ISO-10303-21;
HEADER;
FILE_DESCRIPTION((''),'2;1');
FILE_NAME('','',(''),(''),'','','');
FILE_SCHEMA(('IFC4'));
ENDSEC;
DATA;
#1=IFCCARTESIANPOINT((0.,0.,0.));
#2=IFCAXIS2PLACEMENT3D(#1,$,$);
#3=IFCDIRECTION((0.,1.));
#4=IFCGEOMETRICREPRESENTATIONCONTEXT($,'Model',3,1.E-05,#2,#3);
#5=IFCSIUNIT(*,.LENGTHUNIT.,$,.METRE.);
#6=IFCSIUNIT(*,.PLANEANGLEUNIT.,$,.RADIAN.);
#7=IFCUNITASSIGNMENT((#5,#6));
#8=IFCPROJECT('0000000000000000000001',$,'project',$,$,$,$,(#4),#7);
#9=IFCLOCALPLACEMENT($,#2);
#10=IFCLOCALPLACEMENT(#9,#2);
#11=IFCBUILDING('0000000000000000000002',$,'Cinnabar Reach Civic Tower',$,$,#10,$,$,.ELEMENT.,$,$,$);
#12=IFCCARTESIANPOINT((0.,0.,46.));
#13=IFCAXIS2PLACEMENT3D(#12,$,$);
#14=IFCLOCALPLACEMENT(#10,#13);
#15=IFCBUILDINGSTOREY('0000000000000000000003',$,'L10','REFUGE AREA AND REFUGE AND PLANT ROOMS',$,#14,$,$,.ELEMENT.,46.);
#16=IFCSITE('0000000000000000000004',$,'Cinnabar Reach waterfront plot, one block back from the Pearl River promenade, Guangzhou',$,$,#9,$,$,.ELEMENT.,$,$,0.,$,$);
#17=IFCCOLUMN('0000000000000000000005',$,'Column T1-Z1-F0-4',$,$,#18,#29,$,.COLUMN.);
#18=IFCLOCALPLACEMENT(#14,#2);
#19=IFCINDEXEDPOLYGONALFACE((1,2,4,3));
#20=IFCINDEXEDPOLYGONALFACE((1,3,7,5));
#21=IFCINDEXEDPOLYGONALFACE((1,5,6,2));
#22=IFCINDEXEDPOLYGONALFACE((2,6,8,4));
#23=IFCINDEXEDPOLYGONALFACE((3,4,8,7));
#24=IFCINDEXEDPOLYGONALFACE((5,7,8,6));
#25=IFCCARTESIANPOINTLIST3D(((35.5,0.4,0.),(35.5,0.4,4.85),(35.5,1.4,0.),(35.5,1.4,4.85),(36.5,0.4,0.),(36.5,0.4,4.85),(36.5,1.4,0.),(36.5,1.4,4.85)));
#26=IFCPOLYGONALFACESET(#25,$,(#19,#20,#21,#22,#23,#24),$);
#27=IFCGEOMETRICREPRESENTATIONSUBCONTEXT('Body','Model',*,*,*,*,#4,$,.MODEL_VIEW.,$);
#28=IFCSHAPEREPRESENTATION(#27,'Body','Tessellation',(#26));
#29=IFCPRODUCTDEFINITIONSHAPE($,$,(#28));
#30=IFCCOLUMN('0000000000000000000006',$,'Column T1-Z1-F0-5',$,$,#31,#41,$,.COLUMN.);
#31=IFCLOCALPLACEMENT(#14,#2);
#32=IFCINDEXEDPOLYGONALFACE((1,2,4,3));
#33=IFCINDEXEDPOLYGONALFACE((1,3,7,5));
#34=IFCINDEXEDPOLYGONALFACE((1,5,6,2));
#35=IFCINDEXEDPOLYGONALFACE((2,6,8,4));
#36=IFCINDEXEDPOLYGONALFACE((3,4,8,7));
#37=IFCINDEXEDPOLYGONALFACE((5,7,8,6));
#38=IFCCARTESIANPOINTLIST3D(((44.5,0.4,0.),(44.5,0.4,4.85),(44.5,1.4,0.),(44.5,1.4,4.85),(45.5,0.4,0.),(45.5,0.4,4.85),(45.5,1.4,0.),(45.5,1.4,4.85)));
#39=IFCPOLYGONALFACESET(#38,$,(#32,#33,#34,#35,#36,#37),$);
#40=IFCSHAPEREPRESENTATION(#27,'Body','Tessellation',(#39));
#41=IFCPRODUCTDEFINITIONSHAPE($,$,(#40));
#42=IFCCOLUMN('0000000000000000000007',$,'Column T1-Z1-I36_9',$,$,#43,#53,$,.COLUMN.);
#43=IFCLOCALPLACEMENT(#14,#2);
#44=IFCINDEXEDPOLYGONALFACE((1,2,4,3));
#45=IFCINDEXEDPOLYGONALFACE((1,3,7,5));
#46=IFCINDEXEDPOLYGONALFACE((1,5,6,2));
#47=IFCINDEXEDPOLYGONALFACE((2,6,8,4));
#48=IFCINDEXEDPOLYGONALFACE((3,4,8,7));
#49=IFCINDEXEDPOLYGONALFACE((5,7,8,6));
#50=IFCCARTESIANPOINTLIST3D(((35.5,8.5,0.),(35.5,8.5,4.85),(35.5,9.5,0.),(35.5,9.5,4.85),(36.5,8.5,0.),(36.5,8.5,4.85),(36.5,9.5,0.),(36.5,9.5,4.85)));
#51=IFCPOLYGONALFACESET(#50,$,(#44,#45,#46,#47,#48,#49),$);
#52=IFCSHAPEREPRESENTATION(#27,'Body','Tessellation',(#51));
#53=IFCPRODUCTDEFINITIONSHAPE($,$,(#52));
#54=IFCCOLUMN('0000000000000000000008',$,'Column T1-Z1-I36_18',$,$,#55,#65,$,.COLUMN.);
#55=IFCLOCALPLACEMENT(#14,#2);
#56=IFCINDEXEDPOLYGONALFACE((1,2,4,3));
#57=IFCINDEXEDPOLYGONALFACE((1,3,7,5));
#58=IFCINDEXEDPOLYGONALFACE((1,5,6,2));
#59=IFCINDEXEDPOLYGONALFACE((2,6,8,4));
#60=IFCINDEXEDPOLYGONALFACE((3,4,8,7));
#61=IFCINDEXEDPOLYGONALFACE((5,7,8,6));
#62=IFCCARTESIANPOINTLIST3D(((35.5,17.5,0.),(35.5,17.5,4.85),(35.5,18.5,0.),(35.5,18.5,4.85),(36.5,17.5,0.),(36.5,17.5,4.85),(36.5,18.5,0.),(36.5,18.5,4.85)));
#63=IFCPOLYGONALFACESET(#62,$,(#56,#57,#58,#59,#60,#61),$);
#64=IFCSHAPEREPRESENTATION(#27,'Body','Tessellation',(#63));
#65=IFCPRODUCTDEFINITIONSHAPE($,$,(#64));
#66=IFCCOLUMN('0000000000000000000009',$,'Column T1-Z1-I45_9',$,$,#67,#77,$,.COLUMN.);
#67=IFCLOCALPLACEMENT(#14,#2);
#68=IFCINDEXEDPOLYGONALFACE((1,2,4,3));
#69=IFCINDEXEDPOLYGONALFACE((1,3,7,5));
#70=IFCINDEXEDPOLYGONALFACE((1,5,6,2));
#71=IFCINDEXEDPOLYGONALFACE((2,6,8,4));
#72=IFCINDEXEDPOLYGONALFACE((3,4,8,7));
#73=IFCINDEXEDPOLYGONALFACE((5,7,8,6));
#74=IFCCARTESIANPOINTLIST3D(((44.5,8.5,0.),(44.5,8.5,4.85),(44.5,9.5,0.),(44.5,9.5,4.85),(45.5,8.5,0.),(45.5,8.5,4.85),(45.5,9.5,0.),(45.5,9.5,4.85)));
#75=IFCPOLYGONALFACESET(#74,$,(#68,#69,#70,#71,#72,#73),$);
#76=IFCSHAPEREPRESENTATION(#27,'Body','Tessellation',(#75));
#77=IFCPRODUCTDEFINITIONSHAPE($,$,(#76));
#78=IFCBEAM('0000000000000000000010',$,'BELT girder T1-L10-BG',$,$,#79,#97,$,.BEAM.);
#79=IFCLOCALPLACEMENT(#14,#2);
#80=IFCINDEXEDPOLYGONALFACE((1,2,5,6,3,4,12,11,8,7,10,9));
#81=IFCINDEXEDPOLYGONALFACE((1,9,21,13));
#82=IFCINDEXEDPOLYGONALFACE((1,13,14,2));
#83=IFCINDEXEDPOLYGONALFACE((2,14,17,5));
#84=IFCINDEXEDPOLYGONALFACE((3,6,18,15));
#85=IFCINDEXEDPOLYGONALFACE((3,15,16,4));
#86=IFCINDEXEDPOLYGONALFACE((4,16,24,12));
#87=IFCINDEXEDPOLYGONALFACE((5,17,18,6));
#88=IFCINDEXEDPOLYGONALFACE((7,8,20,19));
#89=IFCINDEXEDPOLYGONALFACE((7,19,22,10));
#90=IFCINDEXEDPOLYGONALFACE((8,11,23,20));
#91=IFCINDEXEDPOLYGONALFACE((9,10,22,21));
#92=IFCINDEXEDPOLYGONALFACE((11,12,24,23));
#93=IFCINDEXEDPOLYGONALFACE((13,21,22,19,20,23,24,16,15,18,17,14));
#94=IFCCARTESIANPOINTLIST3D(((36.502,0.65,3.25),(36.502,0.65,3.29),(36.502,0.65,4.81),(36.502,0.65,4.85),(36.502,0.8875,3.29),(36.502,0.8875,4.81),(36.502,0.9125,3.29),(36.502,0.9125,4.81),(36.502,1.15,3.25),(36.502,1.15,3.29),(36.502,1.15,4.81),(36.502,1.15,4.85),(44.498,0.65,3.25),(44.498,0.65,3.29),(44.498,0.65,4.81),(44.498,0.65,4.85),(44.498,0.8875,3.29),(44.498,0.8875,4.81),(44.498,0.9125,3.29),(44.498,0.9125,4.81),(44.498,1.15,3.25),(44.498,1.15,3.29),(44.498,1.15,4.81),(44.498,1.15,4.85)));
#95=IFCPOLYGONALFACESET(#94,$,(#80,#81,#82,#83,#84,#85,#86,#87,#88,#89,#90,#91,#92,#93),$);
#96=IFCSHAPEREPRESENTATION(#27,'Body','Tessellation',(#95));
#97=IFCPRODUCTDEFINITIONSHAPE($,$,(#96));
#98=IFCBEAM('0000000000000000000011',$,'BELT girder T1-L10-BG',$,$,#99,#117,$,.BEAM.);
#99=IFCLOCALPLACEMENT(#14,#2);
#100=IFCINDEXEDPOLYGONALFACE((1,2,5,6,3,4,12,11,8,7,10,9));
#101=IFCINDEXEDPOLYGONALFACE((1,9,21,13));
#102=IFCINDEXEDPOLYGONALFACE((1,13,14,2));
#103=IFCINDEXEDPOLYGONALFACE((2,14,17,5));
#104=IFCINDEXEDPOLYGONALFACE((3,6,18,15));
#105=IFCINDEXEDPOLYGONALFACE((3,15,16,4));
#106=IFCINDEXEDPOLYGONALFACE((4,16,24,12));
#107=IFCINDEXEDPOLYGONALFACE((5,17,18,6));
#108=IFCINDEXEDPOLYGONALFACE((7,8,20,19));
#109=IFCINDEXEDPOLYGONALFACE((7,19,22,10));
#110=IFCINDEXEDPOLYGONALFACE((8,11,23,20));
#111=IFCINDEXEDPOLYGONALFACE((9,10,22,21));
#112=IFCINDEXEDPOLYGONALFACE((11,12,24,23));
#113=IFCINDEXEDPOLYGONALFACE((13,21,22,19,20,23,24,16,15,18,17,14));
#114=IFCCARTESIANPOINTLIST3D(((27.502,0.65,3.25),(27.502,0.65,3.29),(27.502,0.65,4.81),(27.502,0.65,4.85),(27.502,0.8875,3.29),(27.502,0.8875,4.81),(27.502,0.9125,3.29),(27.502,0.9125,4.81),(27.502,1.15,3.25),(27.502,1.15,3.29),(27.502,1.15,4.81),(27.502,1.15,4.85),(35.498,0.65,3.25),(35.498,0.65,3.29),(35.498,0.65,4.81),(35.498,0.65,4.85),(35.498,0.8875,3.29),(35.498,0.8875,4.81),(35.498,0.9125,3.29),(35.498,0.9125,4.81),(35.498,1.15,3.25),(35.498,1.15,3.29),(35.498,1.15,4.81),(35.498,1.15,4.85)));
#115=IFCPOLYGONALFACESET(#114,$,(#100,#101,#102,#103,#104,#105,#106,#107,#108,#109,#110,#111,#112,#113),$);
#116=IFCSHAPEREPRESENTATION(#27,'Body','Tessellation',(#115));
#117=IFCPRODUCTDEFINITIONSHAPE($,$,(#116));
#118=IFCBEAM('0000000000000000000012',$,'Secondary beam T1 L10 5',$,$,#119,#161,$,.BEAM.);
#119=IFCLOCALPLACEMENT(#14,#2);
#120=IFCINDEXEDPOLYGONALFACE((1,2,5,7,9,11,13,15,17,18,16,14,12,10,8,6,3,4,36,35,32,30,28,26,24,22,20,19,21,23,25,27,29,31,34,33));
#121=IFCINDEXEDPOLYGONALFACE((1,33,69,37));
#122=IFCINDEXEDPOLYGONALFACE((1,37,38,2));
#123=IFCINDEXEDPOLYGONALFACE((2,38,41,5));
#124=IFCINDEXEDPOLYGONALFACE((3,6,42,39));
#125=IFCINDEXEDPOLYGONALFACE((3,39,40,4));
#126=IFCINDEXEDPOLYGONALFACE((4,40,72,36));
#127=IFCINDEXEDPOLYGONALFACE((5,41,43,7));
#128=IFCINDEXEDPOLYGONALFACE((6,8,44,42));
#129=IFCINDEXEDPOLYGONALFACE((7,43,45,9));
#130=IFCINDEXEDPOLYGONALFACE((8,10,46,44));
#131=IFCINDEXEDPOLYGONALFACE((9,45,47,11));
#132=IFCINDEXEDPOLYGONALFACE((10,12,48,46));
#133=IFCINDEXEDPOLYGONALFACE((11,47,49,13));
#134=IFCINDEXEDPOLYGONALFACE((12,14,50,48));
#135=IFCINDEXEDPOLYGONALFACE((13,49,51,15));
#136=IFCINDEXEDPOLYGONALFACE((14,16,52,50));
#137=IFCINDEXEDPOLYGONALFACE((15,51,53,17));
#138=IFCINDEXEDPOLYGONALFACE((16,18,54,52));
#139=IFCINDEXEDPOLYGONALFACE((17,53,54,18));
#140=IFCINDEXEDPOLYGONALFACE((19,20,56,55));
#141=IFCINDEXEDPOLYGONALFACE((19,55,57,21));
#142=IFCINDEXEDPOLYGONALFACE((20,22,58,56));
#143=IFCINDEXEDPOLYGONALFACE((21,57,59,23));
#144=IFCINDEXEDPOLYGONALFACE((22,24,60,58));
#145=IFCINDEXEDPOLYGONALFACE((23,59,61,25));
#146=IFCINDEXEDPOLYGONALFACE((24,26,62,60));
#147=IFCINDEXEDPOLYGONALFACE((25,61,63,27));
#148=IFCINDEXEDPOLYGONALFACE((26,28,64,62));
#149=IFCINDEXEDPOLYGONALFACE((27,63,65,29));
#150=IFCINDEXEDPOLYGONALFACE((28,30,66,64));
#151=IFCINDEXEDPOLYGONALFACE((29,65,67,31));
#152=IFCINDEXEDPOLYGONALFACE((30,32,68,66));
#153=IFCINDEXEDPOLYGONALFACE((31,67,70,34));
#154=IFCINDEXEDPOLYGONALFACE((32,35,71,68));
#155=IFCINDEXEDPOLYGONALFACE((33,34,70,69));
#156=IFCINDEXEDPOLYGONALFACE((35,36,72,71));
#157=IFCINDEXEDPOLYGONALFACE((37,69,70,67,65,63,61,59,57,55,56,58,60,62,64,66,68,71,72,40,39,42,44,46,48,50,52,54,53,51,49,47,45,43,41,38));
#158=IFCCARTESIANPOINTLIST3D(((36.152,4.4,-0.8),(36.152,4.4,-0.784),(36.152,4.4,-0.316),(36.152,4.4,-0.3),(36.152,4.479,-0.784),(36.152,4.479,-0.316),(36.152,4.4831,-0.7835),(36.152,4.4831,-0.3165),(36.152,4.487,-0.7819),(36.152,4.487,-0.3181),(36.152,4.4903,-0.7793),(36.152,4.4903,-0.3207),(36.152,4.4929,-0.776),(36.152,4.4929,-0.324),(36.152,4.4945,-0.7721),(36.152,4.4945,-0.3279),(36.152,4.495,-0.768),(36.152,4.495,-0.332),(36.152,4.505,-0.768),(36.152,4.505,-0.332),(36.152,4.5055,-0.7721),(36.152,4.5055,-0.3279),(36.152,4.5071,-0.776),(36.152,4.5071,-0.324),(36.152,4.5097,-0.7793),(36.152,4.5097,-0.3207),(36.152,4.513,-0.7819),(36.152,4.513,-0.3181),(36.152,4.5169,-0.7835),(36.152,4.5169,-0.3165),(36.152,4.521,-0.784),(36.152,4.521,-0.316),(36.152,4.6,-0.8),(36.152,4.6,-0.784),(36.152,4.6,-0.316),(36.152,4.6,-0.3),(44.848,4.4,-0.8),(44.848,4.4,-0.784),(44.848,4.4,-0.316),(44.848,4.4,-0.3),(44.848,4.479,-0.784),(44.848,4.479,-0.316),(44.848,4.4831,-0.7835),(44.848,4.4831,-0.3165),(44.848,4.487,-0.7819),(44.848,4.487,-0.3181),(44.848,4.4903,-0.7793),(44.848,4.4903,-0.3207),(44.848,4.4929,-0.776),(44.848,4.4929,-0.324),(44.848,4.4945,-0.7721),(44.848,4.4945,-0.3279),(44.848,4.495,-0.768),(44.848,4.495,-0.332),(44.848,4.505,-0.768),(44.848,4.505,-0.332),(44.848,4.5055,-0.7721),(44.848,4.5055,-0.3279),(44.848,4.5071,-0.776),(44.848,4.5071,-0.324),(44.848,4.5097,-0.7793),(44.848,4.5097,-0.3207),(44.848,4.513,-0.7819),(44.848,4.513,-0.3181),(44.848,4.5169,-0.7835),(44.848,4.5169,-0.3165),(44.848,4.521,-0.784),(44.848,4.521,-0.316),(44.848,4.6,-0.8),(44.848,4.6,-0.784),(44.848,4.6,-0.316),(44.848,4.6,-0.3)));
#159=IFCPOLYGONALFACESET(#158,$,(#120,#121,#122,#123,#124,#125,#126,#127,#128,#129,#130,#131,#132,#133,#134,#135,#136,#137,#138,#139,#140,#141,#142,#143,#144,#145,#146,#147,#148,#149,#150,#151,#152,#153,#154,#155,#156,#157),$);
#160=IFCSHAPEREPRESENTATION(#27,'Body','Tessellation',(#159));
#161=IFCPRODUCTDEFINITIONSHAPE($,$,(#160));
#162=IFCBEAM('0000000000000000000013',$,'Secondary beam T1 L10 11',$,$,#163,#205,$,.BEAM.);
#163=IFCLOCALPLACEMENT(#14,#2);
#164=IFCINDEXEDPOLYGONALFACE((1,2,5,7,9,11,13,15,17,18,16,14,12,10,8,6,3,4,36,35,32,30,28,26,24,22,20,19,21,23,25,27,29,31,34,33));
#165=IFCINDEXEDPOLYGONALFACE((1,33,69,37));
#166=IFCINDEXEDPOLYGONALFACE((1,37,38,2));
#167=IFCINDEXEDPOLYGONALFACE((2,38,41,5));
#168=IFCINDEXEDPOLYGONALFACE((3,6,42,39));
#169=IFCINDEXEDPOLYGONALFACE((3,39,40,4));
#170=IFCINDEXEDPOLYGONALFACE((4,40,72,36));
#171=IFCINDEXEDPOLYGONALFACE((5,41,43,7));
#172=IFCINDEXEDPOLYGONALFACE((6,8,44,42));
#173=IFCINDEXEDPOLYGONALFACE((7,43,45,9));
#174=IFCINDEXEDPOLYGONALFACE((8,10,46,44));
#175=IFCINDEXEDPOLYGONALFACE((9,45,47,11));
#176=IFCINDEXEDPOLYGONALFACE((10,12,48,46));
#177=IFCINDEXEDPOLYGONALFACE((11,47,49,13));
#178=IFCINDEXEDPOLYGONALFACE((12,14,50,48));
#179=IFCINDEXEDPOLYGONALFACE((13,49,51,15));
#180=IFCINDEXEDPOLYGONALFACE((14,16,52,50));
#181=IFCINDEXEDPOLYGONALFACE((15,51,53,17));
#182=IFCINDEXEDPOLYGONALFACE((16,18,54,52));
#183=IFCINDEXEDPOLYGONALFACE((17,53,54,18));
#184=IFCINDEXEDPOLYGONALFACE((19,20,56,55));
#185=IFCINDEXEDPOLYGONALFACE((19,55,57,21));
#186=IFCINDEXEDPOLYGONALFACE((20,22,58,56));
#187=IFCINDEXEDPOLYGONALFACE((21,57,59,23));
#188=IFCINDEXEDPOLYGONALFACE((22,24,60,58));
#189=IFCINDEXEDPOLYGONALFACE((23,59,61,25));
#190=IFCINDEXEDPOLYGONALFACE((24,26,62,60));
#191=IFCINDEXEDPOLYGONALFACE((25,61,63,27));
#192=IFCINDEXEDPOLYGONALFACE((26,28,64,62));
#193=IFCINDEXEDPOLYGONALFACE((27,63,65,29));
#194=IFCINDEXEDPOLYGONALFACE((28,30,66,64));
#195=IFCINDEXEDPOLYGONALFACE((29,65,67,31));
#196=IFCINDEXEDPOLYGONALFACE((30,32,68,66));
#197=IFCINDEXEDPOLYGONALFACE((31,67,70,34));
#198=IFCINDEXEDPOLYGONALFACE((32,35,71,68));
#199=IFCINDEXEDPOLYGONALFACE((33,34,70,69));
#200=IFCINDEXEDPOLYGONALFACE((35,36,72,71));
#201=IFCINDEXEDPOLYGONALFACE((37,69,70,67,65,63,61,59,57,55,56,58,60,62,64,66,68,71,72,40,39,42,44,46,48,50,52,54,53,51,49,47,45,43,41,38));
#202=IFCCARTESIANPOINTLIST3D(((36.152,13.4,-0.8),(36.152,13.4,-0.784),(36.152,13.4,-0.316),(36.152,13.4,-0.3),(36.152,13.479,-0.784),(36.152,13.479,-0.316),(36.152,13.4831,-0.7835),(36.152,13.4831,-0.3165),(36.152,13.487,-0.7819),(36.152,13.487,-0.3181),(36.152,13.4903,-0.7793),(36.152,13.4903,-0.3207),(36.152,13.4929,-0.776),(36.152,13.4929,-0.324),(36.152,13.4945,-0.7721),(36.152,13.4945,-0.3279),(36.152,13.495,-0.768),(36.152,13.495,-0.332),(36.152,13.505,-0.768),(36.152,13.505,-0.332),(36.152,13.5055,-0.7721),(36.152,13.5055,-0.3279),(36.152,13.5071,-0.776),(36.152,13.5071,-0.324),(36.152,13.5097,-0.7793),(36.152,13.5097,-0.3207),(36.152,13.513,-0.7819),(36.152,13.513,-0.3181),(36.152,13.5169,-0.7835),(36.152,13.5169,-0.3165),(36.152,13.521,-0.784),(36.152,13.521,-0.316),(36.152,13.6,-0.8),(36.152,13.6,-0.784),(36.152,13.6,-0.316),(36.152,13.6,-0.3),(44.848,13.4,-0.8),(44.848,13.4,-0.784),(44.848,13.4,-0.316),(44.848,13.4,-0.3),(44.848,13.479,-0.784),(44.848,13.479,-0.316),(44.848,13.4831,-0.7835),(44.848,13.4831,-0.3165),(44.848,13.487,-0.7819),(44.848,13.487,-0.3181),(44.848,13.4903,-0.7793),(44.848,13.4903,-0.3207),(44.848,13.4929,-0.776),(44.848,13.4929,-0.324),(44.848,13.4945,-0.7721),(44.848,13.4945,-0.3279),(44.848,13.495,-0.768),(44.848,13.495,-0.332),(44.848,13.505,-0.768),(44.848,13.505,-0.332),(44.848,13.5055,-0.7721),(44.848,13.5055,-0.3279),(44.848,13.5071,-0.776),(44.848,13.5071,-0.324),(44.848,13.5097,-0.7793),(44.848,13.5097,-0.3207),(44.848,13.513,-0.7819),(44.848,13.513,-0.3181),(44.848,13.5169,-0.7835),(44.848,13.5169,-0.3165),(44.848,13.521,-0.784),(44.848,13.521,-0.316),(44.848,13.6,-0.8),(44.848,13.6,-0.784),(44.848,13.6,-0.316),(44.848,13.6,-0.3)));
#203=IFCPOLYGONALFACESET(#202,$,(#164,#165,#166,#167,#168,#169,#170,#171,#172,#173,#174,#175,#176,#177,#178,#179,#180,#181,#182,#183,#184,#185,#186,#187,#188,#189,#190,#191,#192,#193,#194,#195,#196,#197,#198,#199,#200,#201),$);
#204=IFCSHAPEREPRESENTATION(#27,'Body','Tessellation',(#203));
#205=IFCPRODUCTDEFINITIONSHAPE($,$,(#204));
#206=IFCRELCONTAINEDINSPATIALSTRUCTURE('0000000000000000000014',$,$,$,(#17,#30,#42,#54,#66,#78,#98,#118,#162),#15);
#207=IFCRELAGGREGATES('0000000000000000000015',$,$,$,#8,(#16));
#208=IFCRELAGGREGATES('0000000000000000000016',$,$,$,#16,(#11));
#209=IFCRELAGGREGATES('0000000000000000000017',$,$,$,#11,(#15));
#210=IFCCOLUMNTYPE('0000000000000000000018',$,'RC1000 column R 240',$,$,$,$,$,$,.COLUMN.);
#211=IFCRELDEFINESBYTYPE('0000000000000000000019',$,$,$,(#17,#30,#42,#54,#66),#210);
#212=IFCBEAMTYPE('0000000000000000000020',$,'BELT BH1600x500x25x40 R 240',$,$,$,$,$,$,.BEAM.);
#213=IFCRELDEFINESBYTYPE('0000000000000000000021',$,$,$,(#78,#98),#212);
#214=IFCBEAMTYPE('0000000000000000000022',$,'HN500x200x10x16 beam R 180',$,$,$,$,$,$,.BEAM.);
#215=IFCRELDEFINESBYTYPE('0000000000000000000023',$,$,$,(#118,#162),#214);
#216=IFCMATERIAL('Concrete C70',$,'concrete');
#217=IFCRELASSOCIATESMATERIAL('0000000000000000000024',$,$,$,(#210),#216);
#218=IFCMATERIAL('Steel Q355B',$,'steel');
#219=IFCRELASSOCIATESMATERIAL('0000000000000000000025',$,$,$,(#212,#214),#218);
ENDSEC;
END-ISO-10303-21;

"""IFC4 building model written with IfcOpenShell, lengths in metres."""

from ifc_helpers import new_model, si_unit, direction, frame, origin, origin_2d, place, context, subcontext, project, spatial, rectangle, i_section, extrude, material, material_profile, profile_set, type_object, element, save


model = new_model("IFC4")

# Units and contexts
model_context = context("Model", 3, precision=1e-05, world=origin(), true_north=direction((0.0, 1.0)))
body_context = subcontext(model_context, "Body", "Model", "MODEL_VIEW")
ifc_project = project(units=[si_unit("LENGTHUNIT", "METRE"), si_unit("PLANEANGLEUNIT", "RADIAN")], contexts=[model_context])

# Site, building, storey
site_placement = place(None, origin())
site = spatial("IfcSite", under=ifc_project, at=site_placement, Name="Cinnabar Reach waterfront plot, one block back from the Pearl River promenade, Guangzhou", CompositionType="ELEMENT", RefElevation=0.0)
building_placement = place(site_placement, origin())
building = spatial("IfcBuilding", under=site, at=building_placement, Name="Cinnabar Reach Civic Tower", CompositionType="ELEMENT")
storey_placement = place(building_placement, frame((0.0, 0.0, 46.0)))
storey = spatial("IfcBuildingStorey", under=building, at=storey_placement, Name="L10", Description="REFUGE AREA AND REFUGE AND PLANT ROOMS", CompositionType="ELEMENT", Elevation=46.0)

# Columns
ifc_material_1 = material(Name="Concrete C70", Category="concrete")
ifc_material_profile_1 = material_profile(ifc_material_1, rectangle(XDim=1.0, YDim=1.0, at=origin_2d()), Name="RC1000")
ifc_profile_set_1 = profile_set([ifc_material_profile_1], Name="Concrete C70")
column_type = type_object("IfcColumnType", Name="RC1000 column R 240", PredefinedType="COLUMN", material=ifc_profile_set_1)
for number, where, z_axis, x_axis, name in (
    (1, (36.0, 0.9, 0.0), (0.0, 0.0, 1.0), (1.0, 0.0, 0.0), "Column T1-Z1-F0-4"),
    (2, (45.0, 0.9, 0.0), (0.0, 0.0, 1.0), (1.0, 0.0, 0.0), "Column T1-Z1-F0-5"),
    (3, (36.0, 9.0, 0.0), (0.0, 0.0, 1.0), (1.0, 0.0, 0.0), "Column T1-Z1-I36_9"),
    (4, (36.0, 18.0, 0.0), (0.0, 0.0, 1.0), (1.0, 0.0, 0.0), "Column T1-Z1-I36_18"),
    (5, (45.0, 9.0, 0.0), (0.0, 0.0, 1.0), (1.0, 0.0, 0.0), "Column T1-Z1-I45_9"),
):
    element("IfcColumn", number, at=place(storey_placement, frame(where, z_axis=z_axis, x_axis=x_axis)), inside=storey, type_object=column_type, Name=name, PredefinedType="COLUMN", context=body_context, shape_type="SweptSolid", body=[
        extrude(rectangle(XDim=1.0, YDim=1.0, at=origin_2d()), origin(), (0.0, 0.0, 1.0), 4.85),
    ])

# Beams
ifc_material_2 = material(Name="Steel Q355B", Category="steel")
ifc_material_profile_2 = material_profile(ifc_material_2, i_section(OverallWidth=0.5, OverallDepth=1.6, WebThickness=0.025, FlangeThickness=0.04, at=origin_2d()), Name="BH1600x500x25x40")
ifc_profile_set_2 = profile_set([ifc_material_profile_2], Name="Steel Q355B")
beam_type_1 = type_object("IfcBeamType", Name="BELT BH1600x500x25x40 R 240", PredefinedType="BEAM", material=ifc_profile_set_2)
for number, where, z_axis, x_axis, name in (
    (6, (44.498, 0.9, 4.05), (-1.0, 0.0, 0.0), (0.0, -1.0, 0.0), "BELT girder T1-L10-BG"),
    (7, (35.498, 0.9, 4.05), (-1.0, 0.0, 0.0), (0.0, -1.0, 0.0), "BELT girder T1-L10-BG"),
):
    element("IfcBeam", number, at=place(storey_placement, frame(where, z_axis=z_axis, x_axis=x_axis)), inside=storey, type_object=beam_type_1, Name=name, PredefinedType="BEAM", context=body_context, shape_type="SweptSolid", body=[
        extrude(i_section(OverallWidth=0.5, OverallDepth=1.6, WebThickness=0.025, FlangeThickness=0.04, at=origin_2d()), origin(), (0.0, 0.0, 1.0), 7.996),
    ])
ifc_material_profile_3 = material_profile(ifc_material_2, i_section(OverallWidth=0.2, OverallDepth=0.5, WebThickness=0.01, FlangeThickness=0.016, FilletRadius=0.016, at=origin_2d()), Name="HN500x200x10x16")
ifc_profile_set_3 = profile_set([ifc_material_profile_3], Name="Steel Q355B")
beam_type_2 = type_object("IfcBeamType", Name="HN500x200x10x16 beam R 180", PredefinedType="BEAM", material=ifc_profile_set_3)
for number, where, z_axis, x_axis, name in (
    (8, (36.152, 4.5, -0.55), (1.0, 0.0, 0.0), (0.0, 1.0, 0.0), "Secondary beam T1 L10 5"),
    (9, (36.152, 13.5, -0.55), (1.0, 0.0, 0.0), (0.0, 1.0, 0.0), "Secondary beam T1 L10 11"),
):
    element("IfcBeam", number, at=place(storey_placement, frame(where, z_axis=z_axis, x_axis=x_axis)), inside=storey, type_object=beam_type_2, Name=name, PredefinedType="BEAM", context=body_context, shape_type="SweptSolid", body=[
        extrude(i_section(OverallWidth=0.2, OverallDepth=0.5, WebThickness=0.01, FlangeThickness=0.016, FilletRadius=0.016, at=origin_2d()), origin(), (0.0, 0.0, 1.0), 8.696),
    ])

save(model, "model.ifc")
